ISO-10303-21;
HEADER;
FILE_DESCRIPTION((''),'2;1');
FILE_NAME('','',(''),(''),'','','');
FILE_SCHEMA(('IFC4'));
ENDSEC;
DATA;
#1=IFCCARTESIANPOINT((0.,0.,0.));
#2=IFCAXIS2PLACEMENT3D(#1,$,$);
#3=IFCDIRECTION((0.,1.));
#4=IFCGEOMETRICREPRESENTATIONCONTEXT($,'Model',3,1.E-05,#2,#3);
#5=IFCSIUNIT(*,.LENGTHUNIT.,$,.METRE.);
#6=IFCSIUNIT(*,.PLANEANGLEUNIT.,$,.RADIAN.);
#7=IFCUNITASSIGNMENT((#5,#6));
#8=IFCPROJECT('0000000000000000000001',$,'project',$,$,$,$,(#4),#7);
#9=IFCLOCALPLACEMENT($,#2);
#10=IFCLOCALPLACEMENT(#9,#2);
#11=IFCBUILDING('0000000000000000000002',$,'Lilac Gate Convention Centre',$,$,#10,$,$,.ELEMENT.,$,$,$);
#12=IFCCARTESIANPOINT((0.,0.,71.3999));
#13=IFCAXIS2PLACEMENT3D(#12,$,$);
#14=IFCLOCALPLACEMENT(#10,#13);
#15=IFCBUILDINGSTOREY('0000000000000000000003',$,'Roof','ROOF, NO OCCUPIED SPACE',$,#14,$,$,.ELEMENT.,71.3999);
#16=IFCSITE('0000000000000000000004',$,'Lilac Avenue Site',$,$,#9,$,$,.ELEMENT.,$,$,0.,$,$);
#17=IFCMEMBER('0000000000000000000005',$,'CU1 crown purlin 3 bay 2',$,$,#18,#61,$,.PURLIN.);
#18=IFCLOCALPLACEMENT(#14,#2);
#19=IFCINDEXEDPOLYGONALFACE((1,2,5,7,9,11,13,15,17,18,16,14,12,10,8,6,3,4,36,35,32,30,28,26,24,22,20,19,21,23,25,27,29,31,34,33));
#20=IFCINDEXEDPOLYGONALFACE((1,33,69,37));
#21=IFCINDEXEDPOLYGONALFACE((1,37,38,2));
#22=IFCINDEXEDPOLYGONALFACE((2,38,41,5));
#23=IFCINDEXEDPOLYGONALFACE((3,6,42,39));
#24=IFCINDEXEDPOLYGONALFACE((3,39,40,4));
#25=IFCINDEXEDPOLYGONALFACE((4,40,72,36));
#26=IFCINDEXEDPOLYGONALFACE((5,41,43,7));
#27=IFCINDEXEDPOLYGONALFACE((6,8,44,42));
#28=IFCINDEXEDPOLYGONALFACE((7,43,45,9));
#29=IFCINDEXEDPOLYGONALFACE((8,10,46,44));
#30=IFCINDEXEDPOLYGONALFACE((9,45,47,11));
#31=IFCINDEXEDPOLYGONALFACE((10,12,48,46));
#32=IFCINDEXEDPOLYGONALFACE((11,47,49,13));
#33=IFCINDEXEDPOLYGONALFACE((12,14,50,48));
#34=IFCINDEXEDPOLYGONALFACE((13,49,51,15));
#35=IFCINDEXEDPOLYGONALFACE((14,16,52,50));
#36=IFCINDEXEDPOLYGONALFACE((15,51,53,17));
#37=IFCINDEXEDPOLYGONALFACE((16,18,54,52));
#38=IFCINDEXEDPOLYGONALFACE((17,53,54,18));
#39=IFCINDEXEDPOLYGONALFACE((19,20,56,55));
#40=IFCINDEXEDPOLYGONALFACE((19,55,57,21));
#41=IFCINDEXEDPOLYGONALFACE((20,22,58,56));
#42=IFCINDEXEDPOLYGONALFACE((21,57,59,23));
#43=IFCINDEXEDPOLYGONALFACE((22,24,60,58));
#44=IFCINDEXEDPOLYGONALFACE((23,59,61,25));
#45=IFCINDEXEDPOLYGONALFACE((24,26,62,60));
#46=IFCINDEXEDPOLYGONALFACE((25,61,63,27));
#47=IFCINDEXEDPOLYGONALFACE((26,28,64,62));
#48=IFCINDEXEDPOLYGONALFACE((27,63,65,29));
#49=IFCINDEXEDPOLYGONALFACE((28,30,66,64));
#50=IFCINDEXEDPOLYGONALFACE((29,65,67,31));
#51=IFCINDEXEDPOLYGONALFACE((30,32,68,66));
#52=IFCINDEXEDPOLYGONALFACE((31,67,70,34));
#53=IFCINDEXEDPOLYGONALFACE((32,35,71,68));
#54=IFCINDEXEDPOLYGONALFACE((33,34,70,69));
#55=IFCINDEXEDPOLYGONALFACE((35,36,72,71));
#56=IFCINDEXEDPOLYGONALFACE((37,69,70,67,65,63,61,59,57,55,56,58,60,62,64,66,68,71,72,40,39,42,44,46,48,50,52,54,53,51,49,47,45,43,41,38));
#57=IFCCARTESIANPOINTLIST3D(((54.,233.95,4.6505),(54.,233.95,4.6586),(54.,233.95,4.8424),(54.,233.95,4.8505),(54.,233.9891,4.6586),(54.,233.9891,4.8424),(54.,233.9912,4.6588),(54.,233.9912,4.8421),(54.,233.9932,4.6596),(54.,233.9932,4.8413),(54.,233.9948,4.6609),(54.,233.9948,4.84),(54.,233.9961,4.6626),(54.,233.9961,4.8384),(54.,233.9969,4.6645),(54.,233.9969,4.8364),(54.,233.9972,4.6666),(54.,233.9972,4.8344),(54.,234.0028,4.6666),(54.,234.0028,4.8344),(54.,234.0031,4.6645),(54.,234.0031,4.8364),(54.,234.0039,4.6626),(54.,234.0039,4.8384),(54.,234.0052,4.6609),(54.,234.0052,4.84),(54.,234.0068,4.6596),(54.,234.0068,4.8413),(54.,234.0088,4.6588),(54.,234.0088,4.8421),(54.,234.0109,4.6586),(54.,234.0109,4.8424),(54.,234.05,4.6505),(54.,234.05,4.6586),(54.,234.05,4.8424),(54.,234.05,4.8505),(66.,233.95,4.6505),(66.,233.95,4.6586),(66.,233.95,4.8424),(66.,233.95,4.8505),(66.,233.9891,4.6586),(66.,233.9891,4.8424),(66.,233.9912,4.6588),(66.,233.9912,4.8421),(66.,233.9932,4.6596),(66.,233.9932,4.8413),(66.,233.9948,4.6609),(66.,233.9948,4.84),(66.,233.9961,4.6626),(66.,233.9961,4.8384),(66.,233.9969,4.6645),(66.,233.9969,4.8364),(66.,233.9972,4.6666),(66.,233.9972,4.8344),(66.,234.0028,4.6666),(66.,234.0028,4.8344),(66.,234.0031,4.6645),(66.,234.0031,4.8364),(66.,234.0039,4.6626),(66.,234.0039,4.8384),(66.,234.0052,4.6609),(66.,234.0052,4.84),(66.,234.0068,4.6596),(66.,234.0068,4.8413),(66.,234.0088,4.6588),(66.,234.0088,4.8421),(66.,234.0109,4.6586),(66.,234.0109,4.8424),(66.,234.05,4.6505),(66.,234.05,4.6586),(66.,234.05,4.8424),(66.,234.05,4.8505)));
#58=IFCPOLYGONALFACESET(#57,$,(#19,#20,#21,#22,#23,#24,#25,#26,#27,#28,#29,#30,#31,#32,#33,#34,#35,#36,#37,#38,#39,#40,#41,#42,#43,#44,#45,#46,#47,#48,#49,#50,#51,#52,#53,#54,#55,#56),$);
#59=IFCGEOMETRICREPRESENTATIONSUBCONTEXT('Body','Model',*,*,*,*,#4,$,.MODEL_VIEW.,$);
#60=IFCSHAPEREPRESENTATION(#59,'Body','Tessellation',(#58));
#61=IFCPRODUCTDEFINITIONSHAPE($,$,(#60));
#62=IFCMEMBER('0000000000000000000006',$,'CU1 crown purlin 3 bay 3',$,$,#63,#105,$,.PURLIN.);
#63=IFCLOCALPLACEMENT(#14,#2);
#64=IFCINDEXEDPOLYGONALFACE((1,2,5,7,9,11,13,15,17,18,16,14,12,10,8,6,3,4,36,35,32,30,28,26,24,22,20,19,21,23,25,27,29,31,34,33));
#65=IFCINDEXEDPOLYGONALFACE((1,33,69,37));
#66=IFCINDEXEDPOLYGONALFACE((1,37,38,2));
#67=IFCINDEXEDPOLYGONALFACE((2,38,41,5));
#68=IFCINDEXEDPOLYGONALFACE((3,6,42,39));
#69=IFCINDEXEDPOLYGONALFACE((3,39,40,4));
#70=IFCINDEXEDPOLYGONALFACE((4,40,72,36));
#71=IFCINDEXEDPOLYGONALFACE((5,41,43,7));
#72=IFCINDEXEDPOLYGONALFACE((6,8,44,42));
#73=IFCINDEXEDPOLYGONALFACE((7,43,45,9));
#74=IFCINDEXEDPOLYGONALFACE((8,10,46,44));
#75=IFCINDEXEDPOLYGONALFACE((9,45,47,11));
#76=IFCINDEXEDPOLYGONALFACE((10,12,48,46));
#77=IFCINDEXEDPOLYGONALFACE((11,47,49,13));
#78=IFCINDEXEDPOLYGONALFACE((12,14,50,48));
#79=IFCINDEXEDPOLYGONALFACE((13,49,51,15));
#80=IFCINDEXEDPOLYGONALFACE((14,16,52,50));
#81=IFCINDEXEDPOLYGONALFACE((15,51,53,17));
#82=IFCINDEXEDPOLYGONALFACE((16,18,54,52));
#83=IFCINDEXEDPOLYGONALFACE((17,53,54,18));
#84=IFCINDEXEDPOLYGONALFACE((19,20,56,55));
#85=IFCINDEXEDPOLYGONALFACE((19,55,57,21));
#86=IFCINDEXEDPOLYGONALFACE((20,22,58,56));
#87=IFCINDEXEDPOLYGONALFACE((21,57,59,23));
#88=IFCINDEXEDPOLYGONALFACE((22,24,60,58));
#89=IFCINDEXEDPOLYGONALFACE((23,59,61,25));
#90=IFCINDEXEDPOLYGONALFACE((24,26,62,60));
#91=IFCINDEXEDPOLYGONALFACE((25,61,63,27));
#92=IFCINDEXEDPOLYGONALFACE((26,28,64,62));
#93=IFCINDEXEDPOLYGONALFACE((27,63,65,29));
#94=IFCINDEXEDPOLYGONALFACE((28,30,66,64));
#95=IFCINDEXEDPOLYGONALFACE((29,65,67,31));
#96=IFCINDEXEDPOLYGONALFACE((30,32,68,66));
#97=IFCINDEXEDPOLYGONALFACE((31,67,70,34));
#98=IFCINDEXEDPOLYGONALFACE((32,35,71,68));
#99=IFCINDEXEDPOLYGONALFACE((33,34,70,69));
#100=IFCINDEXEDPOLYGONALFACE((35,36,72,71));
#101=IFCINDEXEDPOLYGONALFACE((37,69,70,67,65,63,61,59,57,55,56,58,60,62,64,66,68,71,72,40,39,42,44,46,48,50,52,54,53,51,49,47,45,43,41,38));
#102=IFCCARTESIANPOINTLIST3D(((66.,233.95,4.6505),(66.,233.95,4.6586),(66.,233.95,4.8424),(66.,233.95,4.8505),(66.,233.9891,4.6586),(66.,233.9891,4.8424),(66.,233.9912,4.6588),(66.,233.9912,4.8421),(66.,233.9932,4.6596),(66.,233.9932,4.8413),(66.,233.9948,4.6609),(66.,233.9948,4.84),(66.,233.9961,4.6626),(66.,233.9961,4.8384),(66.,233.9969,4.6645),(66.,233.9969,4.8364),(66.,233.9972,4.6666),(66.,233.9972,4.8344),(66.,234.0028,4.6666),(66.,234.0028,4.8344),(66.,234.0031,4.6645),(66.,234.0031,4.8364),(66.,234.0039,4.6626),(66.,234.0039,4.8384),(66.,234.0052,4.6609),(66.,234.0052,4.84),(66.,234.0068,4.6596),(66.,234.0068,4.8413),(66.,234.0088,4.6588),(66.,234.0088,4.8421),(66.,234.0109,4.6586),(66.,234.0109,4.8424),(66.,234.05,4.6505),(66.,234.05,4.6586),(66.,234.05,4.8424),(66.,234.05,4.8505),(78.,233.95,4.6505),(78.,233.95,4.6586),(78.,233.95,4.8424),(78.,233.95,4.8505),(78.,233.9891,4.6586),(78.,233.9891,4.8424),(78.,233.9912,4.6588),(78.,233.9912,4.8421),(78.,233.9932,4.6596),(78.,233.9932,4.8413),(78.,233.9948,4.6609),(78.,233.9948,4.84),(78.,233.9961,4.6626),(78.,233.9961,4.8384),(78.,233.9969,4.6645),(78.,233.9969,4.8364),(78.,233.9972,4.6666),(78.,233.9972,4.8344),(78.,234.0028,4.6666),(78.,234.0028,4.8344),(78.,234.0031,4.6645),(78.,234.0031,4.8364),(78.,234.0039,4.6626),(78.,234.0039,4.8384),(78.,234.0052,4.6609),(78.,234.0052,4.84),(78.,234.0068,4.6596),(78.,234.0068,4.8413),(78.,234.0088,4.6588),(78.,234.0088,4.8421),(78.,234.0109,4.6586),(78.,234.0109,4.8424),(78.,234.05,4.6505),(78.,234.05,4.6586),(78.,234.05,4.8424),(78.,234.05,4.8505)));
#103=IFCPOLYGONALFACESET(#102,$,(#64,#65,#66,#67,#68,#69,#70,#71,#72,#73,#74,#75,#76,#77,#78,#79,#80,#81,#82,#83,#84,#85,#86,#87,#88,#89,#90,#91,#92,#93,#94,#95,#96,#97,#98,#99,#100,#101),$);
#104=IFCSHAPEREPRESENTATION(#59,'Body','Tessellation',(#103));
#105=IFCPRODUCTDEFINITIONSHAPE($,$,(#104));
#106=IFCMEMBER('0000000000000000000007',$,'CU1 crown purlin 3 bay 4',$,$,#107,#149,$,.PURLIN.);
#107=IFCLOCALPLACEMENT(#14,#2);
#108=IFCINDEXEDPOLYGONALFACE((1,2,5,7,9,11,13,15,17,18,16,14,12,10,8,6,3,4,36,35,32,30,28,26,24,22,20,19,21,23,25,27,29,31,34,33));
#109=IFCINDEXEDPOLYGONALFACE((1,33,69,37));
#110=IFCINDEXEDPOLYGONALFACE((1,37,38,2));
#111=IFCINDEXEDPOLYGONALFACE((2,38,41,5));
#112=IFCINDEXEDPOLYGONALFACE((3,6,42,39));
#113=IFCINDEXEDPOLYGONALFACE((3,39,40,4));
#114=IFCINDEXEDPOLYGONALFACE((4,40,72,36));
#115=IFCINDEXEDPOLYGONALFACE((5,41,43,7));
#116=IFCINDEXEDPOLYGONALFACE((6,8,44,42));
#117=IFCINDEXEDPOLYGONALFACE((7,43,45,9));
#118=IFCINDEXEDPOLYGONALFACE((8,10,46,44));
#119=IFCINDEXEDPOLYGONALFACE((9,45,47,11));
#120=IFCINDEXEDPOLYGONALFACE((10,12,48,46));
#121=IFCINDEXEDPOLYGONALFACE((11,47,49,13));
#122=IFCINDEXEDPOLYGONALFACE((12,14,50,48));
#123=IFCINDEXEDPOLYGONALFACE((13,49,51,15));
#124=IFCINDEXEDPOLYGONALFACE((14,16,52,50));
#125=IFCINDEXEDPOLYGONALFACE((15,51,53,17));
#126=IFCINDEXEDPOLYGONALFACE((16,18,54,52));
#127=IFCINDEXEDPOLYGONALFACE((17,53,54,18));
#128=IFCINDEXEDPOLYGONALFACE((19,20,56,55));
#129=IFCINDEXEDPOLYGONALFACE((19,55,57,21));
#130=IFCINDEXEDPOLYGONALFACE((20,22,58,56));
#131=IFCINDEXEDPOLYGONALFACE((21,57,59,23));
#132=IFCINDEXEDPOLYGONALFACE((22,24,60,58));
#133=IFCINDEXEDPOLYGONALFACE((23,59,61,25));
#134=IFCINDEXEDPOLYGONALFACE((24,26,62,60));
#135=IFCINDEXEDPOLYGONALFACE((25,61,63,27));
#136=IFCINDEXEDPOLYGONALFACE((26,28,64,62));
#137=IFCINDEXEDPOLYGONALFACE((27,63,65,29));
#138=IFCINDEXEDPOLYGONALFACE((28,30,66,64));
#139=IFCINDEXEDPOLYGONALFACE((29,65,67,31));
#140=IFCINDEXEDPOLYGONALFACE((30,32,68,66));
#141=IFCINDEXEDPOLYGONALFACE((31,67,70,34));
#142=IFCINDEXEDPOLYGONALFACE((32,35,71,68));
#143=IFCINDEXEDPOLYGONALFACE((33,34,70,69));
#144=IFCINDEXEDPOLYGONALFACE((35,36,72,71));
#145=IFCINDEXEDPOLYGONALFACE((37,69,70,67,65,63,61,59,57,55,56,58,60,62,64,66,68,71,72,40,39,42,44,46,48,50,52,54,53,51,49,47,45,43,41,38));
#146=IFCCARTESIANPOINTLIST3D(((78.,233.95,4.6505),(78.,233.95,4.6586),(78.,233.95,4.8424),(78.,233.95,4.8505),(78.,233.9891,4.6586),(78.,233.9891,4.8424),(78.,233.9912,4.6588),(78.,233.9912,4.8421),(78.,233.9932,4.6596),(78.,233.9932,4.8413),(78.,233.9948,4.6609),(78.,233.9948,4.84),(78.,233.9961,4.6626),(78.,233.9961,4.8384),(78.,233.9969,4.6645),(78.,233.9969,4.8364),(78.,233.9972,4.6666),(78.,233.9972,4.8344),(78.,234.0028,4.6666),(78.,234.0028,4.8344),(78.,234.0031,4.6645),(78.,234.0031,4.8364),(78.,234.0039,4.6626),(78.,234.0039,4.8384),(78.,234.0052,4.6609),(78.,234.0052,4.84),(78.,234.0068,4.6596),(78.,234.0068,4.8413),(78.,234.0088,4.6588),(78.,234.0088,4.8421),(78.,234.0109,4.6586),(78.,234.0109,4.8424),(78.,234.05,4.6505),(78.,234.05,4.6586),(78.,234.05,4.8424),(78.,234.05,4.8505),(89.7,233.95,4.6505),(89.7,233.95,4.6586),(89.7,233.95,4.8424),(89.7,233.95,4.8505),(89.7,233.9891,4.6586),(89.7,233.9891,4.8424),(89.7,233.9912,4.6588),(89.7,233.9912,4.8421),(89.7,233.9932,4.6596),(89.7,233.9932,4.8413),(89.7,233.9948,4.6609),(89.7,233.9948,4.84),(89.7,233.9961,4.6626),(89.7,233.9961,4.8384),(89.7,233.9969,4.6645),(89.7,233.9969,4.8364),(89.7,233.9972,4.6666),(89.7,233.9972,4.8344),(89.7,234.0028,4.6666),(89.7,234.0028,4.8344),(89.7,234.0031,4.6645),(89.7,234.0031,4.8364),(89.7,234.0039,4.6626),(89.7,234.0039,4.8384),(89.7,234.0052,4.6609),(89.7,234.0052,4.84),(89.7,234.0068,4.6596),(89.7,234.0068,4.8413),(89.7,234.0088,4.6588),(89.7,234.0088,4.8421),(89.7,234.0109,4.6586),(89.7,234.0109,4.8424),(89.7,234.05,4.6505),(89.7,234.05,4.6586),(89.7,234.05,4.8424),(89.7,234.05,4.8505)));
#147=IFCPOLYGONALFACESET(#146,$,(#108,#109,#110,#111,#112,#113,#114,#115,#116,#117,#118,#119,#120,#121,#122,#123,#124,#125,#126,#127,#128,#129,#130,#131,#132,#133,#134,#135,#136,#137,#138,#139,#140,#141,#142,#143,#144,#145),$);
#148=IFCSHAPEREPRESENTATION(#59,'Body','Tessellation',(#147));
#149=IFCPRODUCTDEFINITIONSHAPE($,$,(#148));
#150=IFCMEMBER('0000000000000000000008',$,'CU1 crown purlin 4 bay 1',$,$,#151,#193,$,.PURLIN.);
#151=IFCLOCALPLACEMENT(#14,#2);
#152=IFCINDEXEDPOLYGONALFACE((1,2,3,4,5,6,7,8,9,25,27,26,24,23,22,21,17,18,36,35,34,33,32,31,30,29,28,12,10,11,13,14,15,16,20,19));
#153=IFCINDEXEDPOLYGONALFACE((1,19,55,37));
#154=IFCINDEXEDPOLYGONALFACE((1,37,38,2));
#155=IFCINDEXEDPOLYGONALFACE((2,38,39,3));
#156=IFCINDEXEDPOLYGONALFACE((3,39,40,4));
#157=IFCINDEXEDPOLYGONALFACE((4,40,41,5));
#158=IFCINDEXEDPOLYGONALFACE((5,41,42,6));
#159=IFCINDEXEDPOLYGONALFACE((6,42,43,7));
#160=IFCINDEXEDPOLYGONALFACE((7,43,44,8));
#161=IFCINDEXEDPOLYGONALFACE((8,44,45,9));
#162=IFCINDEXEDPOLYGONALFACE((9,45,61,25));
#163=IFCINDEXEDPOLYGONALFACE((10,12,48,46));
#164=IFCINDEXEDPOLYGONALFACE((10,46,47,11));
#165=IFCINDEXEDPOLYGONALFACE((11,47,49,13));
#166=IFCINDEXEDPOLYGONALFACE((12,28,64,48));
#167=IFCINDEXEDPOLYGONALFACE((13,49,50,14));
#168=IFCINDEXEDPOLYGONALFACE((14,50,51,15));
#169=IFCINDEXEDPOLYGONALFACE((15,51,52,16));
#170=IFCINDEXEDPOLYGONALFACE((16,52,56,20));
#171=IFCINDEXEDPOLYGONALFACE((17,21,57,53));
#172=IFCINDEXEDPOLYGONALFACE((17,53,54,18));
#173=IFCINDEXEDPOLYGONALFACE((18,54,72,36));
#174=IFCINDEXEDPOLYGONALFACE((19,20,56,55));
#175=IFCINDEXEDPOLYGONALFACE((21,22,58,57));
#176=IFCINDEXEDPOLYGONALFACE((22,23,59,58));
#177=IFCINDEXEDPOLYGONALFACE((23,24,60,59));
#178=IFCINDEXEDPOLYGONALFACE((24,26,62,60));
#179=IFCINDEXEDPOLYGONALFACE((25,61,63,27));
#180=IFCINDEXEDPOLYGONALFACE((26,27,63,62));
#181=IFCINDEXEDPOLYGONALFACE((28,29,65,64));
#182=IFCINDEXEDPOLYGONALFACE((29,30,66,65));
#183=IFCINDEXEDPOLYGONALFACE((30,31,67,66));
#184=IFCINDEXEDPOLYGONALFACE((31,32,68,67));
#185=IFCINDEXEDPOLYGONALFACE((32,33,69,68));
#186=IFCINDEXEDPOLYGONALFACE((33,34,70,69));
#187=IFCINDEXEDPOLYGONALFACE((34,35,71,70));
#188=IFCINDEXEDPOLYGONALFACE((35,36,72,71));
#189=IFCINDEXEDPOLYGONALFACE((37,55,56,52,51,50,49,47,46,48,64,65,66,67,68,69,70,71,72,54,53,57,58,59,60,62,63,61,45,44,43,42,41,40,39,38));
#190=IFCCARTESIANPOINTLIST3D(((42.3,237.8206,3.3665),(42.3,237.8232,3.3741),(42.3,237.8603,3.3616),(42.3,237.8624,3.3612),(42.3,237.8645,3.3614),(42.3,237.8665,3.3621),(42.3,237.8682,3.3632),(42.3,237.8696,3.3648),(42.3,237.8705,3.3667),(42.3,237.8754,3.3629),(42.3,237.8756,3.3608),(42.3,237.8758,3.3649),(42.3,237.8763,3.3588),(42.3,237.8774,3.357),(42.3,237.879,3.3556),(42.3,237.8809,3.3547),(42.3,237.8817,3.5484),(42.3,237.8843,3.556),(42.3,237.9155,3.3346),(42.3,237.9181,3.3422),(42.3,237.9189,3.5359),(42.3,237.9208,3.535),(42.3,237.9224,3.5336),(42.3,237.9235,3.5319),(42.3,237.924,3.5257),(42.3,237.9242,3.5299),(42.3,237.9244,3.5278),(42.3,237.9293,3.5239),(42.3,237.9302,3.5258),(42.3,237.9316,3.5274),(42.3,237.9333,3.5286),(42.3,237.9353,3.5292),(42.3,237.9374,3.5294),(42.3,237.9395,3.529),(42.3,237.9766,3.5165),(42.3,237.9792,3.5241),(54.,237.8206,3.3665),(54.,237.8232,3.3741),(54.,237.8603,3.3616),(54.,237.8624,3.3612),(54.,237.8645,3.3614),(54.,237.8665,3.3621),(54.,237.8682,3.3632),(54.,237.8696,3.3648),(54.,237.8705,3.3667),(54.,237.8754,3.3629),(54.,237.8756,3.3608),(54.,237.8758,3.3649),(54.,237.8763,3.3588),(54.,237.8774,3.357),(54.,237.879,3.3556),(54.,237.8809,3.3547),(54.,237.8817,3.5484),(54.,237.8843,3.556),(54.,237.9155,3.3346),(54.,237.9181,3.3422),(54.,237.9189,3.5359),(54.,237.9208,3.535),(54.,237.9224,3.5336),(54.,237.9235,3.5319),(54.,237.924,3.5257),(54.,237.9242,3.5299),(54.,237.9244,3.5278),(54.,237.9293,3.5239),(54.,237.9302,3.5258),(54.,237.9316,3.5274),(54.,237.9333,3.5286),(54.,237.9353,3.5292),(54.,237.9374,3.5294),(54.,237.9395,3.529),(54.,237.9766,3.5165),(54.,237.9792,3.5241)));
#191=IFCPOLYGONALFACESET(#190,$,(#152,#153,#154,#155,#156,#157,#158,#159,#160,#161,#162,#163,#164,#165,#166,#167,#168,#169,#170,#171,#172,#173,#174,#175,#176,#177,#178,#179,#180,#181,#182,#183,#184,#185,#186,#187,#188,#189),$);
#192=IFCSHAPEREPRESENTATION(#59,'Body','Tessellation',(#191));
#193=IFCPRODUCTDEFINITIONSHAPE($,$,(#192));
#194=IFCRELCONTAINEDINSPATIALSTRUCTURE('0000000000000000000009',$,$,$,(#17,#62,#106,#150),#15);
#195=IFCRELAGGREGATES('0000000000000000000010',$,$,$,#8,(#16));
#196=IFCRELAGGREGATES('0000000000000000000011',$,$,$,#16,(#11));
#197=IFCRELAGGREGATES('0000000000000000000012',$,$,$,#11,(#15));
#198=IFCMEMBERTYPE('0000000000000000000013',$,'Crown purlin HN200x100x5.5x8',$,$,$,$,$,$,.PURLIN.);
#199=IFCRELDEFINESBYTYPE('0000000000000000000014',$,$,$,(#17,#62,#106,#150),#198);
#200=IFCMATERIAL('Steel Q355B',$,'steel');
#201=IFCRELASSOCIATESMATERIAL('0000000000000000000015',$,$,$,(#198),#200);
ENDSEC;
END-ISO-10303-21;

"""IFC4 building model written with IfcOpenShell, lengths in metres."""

from ifc_helpers import new_model, si_unit, direction, frame, origin, origin_2d, place, context, subcontext, project, spatial, i_section, extrude, material, material_profile, profile_set, type_object, element, save


model = new_model("IFC4")

# Units and contexts
model_context = context("Model", 3, precision=1e-05, world=origin(), true_north=direction((0.0, 1.0)))
body_context = subcontext(model_context, "Body", "Model", "MODEL_VIEW")
ifc_project = project(units=[si_unit("LENGTHUNIT", "METRE"), si_unit("PLANEANGLEUNIT", "RADIAN")], contexts=[model_context])

# Site, building, storey
site_placement = place(None, origin())
site = spatial("IfcSite", under=ifc_project, at=site_placement, Name="Lilac Avenue Site", CompositionType="ELEMENT", RefElevation=0.0)
building_placement = place(site_placement, origin())
building = spatial("IfcBuilding", under=site, at=building_placement, Name="Lilac Gate Convention Centre", CompositionType="ELEMENT")
storey_placement = place(building_placement, frame((0.0, 0.0, 71.3999)))
storey = spatial("IfcBuildingStorey", under=building, at=storey_placement, Name="Roof", Description="ROOF, NO OCCUPIED SPACE", CompositionType="ELEMENT", Elevation=71.3999)

# Members
ifc_material_1 = material(Name="Steel Q355B", Category="steel")
ifc_material_profile_1 = material_profile(ifc_material_1, i_section(OverallWidth=0.1001, OverallDepth=0.2, WebThickness=0.0056, FlangeThickness=0.0081, FilletRadius=0.0081, at=origin_2d()), Name="HN200x100x5.5x8")
ifc_profile_set_1 = profile_set([ifc_material_profile_1], Name="Steel Q355B")
member_type_1 = type_object("IfcMemberType", Name="Crown purlin HN200x100x5.5x8", PredefinedType="PURLIN", material=ifc_profile_set_1)
for number, where, z_axis, x_axis, name in (
    (1, (54.0, 234.0, 4.7505), (1.0, 0.0, 0.0), (0.0, 1.0, 0.0), "CU1 crown purlin 3 bay 2"),
    (2, (66.0, 234.0, 4.7505), (1.0, 0.0, 0.0), (0.0, 1.0, 0.0), "CU1 crown purlin 3 bay 3"),
):
    element("IfcMember", number, at=place(storey_placement, frame(where, z_axis=z_axis, x_axis=x_axis)), inside=storey, type_object=member_type_1, Name=name, PredefinedType="PURLIN", context=body_context, shape_type="SweptSolid", body=[
        extrude(i_section(OverallWidth=0.1001, OverallDepth=0.2, WebThickness=0.0056, FlangeThickness=0.0081, FilletRadius=0.0081, at=origin_2d()), origin(), (0.0, 0.0, 1.0), 12.0),
    ])
for number, where, z_axis, x_axis, name in (
    (3, (78.0, 234.0, 4.7505), (1.0, 0.0, 0.0), (0.0, 1.0, 0.0), "CU1 crown purlin 3 bay 4"),
    (4, (42.3, 237.8999, 3.4453), (1.0, 0.0, 0.0), (0.0, 0.947884, -0.318616), "CU1 crown purlin 4 bay 1"),
):
    element("IfcMember", number, at=place(storey_placement, frame(where, z_axis=z_axis, x_axis=x_axis)), inside=storey, type_object=member_type_1, Name=name, PredefinedType="PURLIN", context=body_context, shape_type="SweptSolid", body=[
        extrude(i_section(OverallWidth=0.1001, OverallDepth=0.2, WebThickness=0.0056, FlangeThickness=0.0081, FilletRadius=0.0081, at=origin_2d()), origin(), (0.0, 0.0, 1.0), 11.7),
    ])

save(model, "model.ifc")
